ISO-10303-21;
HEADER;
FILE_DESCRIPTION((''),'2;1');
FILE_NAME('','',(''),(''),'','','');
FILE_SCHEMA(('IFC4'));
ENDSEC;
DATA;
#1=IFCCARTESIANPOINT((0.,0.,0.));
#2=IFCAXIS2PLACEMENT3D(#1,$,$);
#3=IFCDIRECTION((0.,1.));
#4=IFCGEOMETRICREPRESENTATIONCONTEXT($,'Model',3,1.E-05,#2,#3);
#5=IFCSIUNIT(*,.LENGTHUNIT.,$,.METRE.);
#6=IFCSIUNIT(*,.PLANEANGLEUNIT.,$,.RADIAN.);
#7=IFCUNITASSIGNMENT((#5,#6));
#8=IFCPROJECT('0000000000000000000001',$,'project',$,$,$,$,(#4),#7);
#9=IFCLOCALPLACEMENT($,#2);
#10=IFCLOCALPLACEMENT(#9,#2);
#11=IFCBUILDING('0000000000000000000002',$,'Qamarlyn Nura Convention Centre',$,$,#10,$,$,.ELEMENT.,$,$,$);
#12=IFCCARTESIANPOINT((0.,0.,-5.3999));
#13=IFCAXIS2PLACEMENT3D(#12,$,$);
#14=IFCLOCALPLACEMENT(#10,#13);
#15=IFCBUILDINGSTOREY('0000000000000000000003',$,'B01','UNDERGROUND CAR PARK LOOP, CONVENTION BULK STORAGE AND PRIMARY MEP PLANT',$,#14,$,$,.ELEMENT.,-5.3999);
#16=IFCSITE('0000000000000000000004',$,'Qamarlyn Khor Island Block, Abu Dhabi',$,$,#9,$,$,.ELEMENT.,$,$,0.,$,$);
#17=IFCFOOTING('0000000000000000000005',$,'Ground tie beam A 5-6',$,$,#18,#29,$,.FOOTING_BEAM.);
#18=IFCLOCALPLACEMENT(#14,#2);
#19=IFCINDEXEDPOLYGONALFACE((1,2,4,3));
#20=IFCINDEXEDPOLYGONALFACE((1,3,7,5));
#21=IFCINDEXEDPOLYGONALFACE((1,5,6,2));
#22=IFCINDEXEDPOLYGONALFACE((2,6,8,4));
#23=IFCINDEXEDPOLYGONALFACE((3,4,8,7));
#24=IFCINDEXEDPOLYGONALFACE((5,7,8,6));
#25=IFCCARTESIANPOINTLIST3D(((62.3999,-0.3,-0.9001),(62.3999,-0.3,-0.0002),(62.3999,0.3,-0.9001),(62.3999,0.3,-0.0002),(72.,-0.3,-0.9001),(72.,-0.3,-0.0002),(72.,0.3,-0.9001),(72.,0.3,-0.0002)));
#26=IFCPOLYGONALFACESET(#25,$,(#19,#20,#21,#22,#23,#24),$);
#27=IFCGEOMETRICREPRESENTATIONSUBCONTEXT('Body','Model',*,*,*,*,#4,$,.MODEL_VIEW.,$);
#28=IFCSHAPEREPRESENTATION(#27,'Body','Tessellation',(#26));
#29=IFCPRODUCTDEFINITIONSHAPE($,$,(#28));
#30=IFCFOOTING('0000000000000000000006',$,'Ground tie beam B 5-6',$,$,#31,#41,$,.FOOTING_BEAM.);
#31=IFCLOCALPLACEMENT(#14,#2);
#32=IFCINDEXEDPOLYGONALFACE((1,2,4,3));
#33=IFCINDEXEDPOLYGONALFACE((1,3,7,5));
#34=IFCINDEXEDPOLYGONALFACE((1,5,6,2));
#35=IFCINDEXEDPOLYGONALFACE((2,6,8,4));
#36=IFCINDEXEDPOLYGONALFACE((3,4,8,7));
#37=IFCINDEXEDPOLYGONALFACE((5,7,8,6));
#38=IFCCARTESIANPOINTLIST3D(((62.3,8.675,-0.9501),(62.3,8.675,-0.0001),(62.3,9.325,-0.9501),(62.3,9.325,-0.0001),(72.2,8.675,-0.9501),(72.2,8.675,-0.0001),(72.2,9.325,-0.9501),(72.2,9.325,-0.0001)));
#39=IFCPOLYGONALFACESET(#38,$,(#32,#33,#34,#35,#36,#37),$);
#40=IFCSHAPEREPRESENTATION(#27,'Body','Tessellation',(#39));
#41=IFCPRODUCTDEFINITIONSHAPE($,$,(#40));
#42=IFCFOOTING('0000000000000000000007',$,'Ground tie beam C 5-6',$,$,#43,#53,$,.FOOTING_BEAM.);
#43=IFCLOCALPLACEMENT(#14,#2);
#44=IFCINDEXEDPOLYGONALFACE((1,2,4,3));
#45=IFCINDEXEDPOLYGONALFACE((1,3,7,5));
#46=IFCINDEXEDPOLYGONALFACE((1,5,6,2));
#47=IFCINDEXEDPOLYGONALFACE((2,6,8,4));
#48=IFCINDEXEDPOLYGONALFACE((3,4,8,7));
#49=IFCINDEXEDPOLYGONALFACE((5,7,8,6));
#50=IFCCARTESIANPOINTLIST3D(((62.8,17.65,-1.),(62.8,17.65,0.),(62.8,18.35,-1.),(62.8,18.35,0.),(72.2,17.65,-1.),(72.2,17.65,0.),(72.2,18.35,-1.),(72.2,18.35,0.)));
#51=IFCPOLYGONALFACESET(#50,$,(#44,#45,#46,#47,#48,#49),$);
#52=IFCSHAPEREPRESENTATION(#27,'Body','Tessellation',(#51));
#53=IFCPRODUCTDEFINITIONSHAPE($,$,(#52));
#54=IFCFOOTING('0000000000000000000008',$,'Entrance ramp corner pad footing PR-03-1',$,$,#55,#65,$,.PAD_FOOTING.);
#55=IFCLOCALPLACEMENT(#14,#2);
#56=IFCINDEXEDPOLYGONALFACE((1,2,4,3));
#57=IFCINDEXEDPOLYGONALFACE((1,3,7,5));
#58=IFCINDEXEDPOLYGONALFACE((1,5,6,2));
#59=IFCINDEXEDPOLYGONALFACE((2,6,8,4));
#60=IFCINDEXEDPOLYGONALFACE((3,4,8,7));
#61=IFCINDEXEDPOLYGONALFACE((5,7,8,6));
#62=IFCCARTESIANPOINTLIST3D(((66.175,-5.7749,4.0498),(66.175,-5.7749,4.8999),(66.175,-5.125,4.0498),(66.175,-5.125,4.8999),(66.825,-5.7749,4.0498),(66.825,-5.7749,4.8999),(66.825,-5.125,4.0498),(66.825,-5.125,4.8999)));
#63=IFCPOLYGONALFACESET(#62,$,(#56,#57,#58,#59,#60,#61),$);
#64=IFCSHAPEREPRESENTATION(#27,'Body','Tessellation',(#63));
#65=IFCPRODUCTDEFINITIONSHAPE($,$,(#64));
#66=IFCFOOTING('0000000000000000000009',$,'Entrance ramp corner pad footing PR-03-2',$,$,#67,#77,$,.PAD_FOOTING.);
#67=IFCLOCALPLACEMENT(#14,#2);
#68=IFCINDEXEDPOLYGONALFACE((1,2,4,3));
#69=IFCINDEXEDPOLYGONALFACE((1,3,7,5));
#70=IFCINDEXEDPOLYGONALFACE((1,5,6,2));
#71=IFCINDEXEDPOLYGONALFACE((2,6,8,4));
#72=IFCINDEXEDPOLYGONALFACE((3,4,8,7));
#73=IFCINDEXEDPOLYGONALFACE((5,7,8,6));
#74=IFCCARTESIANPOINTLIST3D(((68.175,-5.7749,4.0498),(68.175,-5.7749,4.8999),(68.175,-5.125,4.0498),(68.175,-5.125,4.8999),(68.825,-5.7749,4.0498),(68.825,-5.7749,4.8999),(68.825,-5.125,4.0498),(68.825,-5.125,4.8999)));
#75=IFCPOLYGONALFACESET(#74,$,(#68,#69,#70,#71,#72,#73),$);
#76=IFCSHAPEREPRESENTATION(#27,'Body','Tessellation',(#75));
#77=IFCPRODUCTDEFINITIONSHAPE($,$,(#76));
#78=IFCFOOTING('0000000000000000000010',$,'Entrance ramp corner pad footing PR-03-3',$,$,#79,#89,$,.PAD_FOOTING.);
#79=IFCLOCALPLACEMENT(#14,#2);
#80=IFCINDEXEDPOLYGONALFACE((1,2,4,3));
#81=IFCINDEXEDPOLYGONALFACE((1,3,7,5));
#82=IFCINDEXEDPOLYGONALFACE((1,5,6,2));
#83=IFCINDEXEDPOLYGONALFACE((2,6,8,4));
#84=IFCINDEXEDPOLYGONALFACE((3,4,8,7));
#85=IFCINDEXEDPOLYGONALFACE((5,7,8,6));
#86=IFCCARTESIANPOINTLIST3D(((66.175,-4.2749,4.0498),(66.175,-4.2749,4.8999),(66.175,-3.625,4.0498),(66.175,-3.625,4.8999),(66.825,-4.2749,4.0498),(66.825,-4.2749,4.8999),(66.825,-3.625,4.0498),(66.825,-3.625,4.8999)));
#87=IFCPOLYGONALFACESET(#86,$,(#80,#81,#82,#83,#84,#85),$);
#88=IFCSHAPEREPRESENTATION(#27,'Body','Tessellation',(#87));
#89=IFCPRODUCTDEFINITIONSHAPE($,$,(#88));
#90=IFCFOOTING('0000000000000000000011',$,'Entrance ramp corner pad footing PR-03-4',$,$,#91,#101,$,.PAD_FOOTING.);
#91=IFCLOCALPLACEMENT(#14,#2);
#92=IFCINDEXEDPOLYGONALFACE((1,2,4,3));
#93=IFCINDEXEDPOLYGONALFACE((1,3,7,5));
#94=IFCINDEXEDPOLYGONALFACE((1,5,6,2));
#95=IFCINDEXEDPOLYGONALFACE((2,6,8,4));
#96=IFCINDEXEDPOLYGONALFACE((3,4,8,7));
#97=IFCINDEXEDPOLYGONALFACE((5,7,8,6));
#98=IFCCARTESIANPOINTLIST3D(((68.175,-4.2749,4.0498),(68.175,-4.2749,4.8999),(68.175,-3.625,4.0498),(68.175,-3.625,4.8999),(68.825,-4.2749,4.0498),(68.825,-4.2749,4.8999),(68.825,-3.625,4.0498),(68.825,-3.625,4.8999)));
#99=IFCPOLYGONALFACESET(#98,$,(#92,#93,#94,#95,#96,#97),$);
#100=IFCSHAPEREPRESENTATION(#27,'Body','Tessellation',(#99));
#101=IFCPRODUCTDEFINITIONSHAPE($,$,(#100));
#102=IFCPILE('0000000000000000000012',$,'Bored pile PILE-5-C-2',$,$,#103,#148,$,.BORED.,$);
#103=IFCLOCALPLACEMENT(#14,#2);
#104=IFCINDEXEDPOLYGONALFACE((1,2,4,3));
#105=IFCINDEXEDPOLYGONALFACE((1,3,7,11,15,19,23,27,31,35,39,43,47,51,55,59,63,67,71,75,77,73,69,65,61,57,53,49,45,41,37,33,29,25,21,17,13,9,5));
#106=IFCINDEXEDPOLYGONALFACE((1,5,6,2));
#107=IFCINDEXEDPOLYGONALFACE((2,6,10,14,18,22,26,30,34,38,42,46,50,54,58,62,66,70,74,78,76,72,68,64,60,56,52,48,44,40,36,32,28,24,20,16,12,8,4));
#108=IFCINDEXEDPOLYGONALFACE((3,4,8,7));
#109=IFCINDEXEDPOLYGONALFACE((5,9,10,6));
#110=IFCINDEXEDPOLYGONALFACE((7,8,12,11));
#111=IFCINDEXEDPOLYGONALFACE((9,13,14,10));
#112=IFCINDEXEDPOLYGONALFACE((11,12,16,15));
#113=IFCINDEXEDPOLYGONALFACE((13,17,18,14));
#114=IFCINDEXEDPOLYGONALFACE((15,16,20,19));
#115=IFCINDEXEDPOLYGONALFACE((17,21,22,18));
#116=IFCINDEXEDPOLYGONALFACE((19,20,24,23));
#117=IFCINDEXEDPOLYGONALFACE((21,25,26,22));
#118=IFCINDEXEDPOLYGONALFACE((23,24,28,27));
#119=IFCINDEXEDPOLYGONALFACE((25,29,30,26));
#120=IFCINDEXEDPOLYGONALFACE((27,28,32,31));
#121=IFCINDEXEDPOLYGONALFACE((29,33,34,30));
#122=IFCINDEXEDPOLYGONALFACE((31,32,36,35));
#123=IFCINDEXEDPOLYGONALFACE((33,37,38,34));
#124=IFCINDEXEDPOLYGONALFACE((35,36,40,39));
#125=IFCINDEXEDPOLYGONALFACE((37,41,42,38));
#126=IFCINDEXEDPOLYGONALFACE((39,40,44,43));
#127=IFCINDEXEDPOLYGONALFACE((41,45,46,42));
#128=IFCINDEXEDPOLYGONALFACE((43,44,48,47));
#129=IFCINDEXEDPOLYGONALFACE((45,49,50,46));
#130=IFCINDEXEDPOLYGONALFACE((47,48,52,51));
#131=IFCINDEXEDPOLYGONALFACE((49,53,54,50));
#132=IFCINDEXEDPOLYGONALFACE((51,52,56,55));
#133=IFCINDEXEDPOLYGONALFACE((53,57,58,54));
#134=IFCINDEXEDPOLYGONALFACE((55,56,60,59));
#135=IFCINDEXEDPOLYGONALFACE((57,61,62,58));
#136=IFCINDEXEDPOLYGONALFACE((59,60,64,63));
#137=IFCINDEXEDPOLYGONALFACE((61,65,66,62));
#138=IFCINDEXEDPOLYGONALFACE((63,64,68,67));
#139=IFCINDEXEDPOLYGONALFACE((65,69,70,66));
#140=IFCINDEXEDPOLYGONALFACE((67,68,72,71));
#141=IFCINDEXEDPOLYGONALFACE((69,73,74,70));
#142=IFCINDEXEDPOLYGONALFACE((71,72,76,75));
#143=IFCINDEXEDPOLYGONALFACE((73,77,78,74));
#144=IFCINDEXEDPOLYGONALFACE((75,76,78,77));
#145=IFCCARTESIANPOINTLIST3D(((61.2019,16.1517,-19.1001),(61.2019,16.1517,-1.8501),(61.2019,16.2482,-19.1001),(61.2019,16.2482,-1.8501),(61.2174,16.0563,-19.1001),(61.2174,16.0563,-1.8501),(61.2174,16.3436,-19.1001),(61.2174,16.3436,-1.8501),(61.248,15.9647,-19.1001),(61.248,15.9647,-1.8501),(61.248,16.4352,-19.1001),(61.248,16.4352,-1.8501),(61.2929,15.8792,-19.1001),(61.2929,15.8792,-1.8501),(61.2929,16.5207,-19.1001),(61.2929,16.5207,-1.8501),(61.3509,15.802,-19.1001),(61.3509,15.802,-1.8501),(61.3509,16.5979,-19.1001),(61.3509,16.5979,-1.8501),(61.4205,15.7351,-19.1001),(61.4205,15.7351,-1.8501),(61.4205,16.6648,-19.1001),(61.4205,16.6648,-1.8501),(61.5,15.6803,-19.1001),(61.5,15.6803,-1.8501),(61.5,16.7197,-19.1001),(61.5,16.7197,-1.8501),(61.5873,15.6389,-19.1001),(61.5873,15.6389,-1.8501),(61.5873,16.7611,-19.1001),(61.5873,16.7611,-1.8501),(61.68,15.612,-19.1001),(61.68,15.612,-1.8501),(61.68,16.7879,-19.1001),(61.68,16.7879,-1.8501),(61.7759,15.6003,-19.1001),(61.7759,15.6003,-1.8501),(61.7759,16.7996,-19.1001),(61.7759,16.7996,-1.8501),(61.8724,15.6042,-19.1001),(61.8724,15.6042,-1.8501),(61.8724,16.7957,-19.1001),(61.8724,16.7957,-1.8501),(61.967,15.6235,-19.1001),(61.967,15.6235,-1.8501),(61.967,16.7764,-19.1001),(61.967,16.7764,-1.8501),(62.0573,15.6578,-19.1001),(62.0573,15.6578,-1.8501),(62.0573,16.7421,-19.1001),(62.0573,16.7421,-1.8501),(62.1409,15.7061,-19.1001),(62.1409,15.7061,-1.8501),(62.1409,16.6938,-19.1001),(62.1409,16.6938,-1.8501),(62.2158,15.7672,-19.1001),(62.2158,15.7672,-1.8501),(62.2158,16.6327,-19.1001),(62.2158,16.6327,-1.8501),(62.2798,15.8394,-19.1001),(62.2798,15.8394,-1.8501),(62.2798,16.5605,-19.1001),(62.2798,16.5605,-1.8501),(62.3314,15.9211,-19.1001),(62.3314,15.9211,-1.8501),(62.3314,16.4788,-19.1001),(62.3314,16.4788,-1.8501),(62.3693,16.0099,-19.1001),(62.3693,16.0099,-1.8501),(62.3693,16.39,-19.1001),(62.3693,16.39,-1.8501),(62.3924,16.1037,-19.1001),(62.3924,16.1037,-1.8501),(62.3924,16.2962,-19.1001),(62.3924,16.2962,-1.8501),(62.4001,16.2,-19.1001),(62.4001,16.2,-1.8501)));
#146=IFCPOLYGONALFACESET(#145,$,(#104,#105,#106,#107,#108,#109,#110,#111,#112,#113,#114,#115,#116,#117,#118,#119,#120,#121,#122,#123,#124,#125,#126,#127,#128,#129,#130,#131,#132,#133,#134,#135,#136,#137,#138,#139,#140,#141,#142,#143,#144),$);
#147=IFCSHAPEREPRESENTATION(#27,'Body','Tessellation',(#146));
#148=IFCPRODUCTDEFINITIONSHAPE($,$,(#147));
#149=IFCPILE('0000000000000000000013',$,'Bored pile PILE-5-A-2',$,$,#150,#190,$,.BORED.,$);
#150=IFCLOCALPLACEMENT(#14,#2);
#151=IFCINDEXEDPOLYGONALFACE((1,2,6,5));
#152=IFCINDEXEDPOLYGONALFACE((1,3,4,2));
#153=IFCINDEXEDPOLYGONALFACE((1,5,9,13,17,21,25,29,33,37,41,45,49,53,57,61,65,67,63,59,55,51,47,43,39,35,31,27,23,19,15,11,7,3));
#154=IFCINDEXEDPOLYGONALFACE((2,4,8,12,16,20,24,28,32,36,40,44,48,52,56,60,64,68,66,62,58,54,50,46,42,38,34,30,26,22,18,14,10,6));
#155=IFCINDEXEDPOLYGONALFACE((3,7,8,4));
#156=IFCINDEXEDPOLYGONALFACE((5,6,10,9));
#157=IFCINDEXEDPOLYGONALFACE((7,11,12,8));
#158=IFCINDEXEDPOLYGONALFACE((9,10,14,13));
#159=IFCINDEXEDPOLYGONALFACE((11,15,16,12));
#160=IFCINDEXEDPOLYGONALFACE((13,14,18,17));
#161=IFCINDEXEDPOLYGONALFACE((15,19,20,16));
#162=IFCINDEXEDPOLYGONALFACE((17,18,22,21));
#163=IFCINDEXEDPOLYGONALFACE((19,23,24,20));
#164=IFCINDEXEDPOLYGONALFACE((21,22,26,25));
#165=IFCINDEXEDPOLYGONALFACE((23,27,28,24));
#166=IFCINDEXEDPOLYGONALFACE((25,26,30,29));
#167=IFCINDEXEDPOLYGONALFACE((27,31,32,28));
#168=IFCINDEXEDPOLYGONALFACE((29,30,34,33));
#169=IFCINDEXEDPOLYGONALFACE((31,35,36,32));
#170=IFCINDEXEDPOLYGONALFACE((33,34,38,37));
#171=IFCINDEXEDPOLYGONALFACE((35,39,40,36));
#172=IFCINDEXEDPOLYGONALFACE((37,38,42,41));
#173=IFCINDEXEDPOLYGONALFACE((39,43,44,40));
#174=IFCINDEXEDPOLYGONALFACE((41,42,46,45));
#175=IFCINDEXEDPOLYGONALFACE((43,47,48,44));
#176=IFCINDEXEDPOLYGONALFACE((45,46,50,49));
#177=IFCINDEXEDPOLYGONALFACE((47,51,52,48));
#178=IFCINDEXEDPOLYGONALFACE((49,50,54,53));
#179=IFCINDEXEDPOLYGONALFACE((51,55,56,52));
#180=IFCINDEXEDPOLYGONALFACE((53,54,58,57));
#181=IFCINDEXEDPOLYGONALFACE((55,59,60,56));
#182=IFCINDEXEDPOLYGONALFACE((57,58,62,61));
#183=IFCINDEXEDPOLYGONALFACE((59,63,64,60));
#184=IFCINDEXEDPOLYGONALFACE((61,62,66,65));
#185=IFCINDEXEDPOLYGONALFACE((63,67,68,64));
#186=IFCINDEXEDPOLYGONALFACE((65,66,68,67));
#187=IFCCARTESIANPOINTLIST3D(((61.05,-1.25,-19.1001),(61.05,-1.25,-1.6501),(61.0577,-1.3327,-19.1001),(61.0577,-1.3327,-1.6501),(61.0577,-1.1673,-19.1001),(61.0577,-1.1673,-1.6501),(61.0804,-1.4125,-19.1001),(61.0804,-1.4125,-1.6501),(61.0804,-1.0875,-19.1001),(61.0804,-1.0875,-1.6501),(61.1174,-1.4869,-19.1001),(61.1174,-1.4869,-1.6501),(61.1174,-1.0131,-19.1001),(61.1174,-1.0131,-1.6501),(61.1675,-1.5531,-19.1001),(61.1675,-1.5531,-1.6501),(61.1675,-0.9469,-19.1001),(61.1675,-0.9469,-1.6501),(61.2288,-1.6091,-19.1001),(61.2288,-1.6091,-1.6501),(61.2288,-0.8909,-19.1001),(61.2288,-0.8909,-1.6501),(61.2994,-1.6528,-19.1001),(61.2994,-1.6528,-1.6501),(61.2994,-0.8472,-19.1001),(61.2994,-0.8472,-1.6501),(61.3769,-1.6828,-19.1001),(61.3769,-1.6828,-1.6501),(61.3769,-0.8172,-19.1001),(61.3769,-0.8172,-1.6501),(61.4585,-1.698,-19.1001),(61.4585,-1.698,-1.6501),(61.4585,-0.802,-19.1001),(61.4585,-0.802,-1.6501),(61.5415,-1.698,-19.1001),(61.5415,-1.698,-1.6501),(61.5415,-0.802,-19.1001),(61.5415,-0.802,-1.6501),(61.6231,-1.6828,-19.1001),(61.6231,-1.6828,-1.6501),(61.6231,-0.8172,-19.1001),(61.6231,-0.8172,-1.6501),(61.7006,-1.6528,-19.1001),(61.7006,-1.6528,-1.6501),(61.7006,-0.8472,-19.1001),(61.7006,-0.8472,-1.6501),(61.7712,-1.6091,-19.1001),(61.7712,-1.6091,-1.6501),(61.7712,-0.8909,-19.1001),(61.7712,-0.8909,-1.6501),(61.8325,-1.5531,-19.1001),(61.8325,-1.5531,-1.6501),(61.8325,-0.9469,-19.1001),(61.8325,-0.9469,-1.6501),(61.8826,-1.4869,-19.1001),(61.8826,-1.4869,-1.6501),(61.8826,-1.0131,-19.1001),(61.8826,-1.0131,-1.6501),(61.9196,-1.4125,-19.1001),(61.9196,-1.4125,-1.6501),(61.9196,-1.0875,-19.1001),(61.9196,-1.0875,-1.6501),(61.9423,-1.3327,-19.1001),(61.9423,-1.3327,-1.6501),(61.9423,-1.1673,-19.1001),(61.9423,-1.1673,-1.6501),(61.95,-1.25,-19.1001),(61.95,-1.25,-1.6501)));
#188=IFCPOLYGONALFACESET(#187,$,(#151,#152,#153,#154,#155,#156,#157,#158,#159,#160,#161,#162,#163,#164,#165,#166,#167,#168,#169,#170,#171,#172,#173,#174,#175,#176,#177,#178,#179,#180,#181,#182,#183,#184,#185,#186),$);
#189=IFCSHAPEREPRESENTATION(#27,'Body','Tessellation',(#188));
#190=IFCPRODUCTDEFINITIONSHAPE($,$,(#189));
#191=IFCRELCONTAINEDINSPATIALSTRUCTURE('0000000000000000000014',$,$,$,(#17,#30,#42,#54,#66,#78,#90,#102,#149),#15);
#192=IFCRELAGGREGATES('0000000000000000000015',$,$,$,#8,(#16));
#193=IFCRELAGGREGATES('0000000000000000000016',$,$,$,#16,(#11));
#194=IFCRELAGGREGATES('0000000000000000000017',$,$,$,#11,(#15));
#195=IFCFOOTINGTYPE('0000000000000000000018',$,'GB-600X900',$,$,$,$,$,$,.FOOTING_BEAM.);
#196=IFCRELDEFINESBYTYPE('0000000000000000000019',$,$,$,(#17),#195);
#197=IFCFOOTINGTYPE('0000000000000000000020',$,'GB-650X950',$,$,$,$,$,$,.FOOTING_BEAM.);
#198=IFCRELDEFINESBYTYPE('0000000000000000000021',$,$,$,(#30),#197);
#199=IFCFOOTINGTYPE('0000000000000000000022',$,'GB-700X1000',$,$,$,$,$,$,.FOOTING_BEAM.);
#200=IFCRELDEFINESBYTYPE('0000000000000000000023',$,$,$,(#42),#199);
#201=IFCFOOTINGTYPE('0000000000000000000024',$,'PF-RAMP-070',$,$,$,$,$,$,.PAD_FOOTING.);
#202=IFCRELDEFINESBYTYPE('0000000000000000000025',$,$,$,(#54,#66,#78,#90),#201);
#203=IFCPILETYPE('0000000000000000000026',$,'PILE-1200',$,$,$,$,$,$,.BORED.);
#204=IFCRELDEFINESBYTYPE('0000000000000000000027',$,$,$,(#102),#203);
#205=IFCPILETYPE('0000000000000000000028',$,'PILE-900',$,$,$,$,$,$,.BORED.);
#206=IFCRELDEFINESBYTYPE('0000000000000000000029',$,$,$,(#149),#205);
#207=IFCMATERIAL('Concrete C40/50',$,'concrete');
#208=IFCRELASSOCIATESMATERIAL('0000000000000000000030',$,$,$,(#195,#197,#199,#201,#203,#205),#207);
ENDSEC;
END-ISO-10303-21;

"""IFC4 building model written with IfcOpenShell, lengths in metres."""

from ifc_helpers import new_model, si_unit, direction, frame, origin, origin_2d, place, context, subcontext, project, spatial, rectangle, circle, extrude, material, material_profile, profile_set, type_object, element, save


model = new_model("IFC4")

# Units and contexts
model_context = context("Model", 3, precision=1e-05, world=origin(), true_north=direction((0.0, 1.0)))
body_context = subcontext(model_context, "Body", "Model", "MODEL_VIEW")
ifc_project = project(units=[si_unit("LENGTHUNIT", "METRE"), si_unit("PLANEANGLEUNIT", "RADIAN")], contexts=[model_context])

# Site, building, storey
site_placement = place(None, origin())
site = spatial("IfcSite", under=ifc_project, at=site_placement, Name="Qamarlyn Khor Island Block, Abu Dhabi", CompositionType="ELEMENT", RefElevation=0.0)
building_placement = place(site_placement, origin())
building = spatial("IfcBuilding", under=site, at=building_placement, Name="Qamarlyn Nura Convention Centre", CompositionType="ELEMENT")
storey_placement = place(building_placement, frame((0.0, 0.0, -5.3999)))
storey = spatial("IfcBuildingStorey", under=building, at=storey_placement, Name="B01", Description="UNDERGROUND CAR PARK LOOP, CONVENTION BULK STORAGE AND PRIMARY MEP PLANT", CompositionType="ELEMENT", Elevation=-5.3999)

# Footings
ifc_material_1 = material(Name="Concrete C40/50", Category="concrete")
ifc_material_profile_1 = material_profile(ifc_material_1, rectangle(XDim=0.6001, YDim=0.8999, at=origin_2d()), Name="RC GB 600x900")
ifc_profile_set_1 = profile_set([ifc_material_profile_1], Name="Concrete C40/50")
footing_type_1 = type_object("IfcFootingType", Name="GB-600X900", PredefinedType="FOOTING_BEAM", material=ifc_profile_set_1)
footing_1_placement = place(storey_placement, frame((62.3999, 0.0, -0.4502), z_axis=(1.0, 0.0, 0.0), x_axis=(0.0, 1.0, 0.0)))
element("IfcFooting", 1, at=footing_1_placement, inside=storey, type_object=footing_type_1, Name="Ground tie beam A 5-6", PredefinedType="FOOTING_BEAM", context=body_context, shape_type="SweptSolid", body=[
    extrude(rectangle(XDim=0.6001, YDim=0.8999, at=origin_2d()), origin(), (0.0, 0.0, 1.0), 9.6001),
])
ifc_material_profile_2 = material_profile(ifc_material_1, rectangle(XDim=0.6499, YDim=0.95, at=origin_2d()), Name="RC GB 650x950")
ifc_profile_set_2 = profile_set([ifc_material_profile_2], Name="Concrete C40/50")
footing_type_2 = type_object("IfcFootingType", Name="GB-650X950", PredefinedType="FOOTING_BEAM", material=ifc_profile_set_2)
footing_2_placement = place(storey_placement, frame((62.3, 9.0, -0.4751), z_axis=(1.0, 0.0, 0.0), x_axis=(0.0, 1.0, 0.0)))
element("IfcFooting", 2, at=footing_2_placement, inside=storey, type_object=footing_type_2, Name="Ground tie beam B 5-6", PredefinedType="FOOTING_BEAM", context=body_context, shape_type="SweptSolid", body=[
    extrude(rectangle(XDim=0.6499, YDim=0.95, at=origin_2d()), origin(), (0.0, 0.0, 1.0), 9.8999),
])
ifc_material_profile_3 = material_profile(ifc_material_1, rectangle(XDim=0.7, YDim=1.0, at=origin_2d()), Name="RC GB 700x1000")
ifc_profile_set_3 = profile_set([ifc_material_profile_3], Name="Concrete C40/50")
footing_type_3 = type_object("IfcFootingType", Name="GB-700X1000", PredefinedType="FOOTING_BEAM", material=ifc_profile_set_3)
footing_3_placement = place(storey_placement, frame((62.8, 18.0, -0.5), z_axis=(1.0, 0.0, 0.0), x_axis=(0.0, 1.0, 0.0)))
element("IfcFooting", 3, at=footing_3_placement, inside=storey, type_object=footing_type_3, Name="Ground tie beam C 5-6", PredefinedType="FOOTING_BEAM", context=body_context, shape_type="SweptSolid", body=[
    extrude(rectangle(XDim=0.7, YDim=1.0, at=origin_2d()), origin(), (0.0, 0.0, 1.0), 9.3999),
])
footing_type_4 = type_object("IfcFootingType", Name="PF-RAMP-070", PredefinedType="PAD_FOOTING", material=ifc_material_1)
for number, where, z_axis, x_axis, name in (
    (4, (66.5, -5.45, 4.0498), (0.0, 0.0, 1.0), (1.0, 0.0, 0.0), "Entrance ramp corner pad footing PR-03-1"),
    (5, (68.5, -5.45, 4.0498), (0.0, 0.0, 1.0), (1.0, 0.0, 0.0), "Entrance ramp corner pad footing PR-03-2"),
    (6, (66.5, -3.95, 4.0498), (0.0, 0.0, 1.0), (1.0, 0.0, 0.0), "Entrance ramp corner pad footing PR-03-3"),
    (7, (68.5, -3.95, 4.0498), (0.0, 0.0, 1.0), (1.0, 0.0, 0.0), "Entrance ramp corner pad footing PR-03-4"),
):
    element("IfcFooting", number, at=place(storey_placement, frame(where, z_axis=z_axis, x_axis=x_axis)), inside=storey, type_object=footing_type_4, Name=name, PredefinedType="PAD_FOOTING", context=body_context, shape_type="SweptSolid", body=[
        extrude(rectangle(XDim=0.6499, YDim=0.6499, at=origin_2d()), origin(), (0.0, 0.0, 1.0), 0.8501),
    ])

# Piles
ifc_material_profile_4 = material_profile(ifc_material_1, circle(Radius=0.6001, at=origin_2d()), Name="BORED PILE 1200")
ifc_profile_set_4 = profile_set([ifc_material_profile_4], Name="Concrete C40/50")
pile_type_1 = type_object("IfcPileType", Name="PILE-1200", PredefinedType="BORED", material=ifc_profile_set_4)
pile_placement = place(storey_placement, frame((61.8, 16.2, -1.8501), z_axis=(0.0, 0.0, -1.0), x_axis=(1.0, 0.0, 0.0)))
element("IfcPile", 8, at=pile_placement, inside=storey, type_object=pile_type_1, Name="Bored pile PILE-5-C-2", PredefinedType="BORED", context=body_context, shape_type="SweptSolid", body=[
    extrude(circle(Radius=0.6001, at=origin_2d()), origin(), (0.0, 0.0, 1.0), 17.25),
])
ifc_material_profile_5 = material_profile(ifc_material_1, circle(Radius=0.45, at=origin_2d()), Name="BORED PILE 900")
ifc_profile_set_5 = profile_set([ifc_material_profile_5], Name="Concrete C40/50")
pile_type_2 = type_object("IfcPileType", Name="PILE-900", PredefinedType="BORED", material=ifc_profile_set_5)
for number, where, z_axis, x_axis, name in (
    (9, (61.5, -1.25, -1.6501), (0.0, 0.0, -1.0), (1.0, 0.0, 0.0), "Bored pile PILE-5-A-2"),
):
    element("IfcPile", number, at=place(storey_placement, frame(where, z_axis=z_axis, x_axis=x_axis)), inside=storey, type_object=pile_type_2, Name=name, PredefinedType="BORED", context=body_context, shape_type="SweptSolid", body=[
        extrude(circle(Radius=0.45, at=origin_2d()), origin(), (0.0, 0.0, 1.0), 17.45),
    ])

save(model, "model.ifc")
